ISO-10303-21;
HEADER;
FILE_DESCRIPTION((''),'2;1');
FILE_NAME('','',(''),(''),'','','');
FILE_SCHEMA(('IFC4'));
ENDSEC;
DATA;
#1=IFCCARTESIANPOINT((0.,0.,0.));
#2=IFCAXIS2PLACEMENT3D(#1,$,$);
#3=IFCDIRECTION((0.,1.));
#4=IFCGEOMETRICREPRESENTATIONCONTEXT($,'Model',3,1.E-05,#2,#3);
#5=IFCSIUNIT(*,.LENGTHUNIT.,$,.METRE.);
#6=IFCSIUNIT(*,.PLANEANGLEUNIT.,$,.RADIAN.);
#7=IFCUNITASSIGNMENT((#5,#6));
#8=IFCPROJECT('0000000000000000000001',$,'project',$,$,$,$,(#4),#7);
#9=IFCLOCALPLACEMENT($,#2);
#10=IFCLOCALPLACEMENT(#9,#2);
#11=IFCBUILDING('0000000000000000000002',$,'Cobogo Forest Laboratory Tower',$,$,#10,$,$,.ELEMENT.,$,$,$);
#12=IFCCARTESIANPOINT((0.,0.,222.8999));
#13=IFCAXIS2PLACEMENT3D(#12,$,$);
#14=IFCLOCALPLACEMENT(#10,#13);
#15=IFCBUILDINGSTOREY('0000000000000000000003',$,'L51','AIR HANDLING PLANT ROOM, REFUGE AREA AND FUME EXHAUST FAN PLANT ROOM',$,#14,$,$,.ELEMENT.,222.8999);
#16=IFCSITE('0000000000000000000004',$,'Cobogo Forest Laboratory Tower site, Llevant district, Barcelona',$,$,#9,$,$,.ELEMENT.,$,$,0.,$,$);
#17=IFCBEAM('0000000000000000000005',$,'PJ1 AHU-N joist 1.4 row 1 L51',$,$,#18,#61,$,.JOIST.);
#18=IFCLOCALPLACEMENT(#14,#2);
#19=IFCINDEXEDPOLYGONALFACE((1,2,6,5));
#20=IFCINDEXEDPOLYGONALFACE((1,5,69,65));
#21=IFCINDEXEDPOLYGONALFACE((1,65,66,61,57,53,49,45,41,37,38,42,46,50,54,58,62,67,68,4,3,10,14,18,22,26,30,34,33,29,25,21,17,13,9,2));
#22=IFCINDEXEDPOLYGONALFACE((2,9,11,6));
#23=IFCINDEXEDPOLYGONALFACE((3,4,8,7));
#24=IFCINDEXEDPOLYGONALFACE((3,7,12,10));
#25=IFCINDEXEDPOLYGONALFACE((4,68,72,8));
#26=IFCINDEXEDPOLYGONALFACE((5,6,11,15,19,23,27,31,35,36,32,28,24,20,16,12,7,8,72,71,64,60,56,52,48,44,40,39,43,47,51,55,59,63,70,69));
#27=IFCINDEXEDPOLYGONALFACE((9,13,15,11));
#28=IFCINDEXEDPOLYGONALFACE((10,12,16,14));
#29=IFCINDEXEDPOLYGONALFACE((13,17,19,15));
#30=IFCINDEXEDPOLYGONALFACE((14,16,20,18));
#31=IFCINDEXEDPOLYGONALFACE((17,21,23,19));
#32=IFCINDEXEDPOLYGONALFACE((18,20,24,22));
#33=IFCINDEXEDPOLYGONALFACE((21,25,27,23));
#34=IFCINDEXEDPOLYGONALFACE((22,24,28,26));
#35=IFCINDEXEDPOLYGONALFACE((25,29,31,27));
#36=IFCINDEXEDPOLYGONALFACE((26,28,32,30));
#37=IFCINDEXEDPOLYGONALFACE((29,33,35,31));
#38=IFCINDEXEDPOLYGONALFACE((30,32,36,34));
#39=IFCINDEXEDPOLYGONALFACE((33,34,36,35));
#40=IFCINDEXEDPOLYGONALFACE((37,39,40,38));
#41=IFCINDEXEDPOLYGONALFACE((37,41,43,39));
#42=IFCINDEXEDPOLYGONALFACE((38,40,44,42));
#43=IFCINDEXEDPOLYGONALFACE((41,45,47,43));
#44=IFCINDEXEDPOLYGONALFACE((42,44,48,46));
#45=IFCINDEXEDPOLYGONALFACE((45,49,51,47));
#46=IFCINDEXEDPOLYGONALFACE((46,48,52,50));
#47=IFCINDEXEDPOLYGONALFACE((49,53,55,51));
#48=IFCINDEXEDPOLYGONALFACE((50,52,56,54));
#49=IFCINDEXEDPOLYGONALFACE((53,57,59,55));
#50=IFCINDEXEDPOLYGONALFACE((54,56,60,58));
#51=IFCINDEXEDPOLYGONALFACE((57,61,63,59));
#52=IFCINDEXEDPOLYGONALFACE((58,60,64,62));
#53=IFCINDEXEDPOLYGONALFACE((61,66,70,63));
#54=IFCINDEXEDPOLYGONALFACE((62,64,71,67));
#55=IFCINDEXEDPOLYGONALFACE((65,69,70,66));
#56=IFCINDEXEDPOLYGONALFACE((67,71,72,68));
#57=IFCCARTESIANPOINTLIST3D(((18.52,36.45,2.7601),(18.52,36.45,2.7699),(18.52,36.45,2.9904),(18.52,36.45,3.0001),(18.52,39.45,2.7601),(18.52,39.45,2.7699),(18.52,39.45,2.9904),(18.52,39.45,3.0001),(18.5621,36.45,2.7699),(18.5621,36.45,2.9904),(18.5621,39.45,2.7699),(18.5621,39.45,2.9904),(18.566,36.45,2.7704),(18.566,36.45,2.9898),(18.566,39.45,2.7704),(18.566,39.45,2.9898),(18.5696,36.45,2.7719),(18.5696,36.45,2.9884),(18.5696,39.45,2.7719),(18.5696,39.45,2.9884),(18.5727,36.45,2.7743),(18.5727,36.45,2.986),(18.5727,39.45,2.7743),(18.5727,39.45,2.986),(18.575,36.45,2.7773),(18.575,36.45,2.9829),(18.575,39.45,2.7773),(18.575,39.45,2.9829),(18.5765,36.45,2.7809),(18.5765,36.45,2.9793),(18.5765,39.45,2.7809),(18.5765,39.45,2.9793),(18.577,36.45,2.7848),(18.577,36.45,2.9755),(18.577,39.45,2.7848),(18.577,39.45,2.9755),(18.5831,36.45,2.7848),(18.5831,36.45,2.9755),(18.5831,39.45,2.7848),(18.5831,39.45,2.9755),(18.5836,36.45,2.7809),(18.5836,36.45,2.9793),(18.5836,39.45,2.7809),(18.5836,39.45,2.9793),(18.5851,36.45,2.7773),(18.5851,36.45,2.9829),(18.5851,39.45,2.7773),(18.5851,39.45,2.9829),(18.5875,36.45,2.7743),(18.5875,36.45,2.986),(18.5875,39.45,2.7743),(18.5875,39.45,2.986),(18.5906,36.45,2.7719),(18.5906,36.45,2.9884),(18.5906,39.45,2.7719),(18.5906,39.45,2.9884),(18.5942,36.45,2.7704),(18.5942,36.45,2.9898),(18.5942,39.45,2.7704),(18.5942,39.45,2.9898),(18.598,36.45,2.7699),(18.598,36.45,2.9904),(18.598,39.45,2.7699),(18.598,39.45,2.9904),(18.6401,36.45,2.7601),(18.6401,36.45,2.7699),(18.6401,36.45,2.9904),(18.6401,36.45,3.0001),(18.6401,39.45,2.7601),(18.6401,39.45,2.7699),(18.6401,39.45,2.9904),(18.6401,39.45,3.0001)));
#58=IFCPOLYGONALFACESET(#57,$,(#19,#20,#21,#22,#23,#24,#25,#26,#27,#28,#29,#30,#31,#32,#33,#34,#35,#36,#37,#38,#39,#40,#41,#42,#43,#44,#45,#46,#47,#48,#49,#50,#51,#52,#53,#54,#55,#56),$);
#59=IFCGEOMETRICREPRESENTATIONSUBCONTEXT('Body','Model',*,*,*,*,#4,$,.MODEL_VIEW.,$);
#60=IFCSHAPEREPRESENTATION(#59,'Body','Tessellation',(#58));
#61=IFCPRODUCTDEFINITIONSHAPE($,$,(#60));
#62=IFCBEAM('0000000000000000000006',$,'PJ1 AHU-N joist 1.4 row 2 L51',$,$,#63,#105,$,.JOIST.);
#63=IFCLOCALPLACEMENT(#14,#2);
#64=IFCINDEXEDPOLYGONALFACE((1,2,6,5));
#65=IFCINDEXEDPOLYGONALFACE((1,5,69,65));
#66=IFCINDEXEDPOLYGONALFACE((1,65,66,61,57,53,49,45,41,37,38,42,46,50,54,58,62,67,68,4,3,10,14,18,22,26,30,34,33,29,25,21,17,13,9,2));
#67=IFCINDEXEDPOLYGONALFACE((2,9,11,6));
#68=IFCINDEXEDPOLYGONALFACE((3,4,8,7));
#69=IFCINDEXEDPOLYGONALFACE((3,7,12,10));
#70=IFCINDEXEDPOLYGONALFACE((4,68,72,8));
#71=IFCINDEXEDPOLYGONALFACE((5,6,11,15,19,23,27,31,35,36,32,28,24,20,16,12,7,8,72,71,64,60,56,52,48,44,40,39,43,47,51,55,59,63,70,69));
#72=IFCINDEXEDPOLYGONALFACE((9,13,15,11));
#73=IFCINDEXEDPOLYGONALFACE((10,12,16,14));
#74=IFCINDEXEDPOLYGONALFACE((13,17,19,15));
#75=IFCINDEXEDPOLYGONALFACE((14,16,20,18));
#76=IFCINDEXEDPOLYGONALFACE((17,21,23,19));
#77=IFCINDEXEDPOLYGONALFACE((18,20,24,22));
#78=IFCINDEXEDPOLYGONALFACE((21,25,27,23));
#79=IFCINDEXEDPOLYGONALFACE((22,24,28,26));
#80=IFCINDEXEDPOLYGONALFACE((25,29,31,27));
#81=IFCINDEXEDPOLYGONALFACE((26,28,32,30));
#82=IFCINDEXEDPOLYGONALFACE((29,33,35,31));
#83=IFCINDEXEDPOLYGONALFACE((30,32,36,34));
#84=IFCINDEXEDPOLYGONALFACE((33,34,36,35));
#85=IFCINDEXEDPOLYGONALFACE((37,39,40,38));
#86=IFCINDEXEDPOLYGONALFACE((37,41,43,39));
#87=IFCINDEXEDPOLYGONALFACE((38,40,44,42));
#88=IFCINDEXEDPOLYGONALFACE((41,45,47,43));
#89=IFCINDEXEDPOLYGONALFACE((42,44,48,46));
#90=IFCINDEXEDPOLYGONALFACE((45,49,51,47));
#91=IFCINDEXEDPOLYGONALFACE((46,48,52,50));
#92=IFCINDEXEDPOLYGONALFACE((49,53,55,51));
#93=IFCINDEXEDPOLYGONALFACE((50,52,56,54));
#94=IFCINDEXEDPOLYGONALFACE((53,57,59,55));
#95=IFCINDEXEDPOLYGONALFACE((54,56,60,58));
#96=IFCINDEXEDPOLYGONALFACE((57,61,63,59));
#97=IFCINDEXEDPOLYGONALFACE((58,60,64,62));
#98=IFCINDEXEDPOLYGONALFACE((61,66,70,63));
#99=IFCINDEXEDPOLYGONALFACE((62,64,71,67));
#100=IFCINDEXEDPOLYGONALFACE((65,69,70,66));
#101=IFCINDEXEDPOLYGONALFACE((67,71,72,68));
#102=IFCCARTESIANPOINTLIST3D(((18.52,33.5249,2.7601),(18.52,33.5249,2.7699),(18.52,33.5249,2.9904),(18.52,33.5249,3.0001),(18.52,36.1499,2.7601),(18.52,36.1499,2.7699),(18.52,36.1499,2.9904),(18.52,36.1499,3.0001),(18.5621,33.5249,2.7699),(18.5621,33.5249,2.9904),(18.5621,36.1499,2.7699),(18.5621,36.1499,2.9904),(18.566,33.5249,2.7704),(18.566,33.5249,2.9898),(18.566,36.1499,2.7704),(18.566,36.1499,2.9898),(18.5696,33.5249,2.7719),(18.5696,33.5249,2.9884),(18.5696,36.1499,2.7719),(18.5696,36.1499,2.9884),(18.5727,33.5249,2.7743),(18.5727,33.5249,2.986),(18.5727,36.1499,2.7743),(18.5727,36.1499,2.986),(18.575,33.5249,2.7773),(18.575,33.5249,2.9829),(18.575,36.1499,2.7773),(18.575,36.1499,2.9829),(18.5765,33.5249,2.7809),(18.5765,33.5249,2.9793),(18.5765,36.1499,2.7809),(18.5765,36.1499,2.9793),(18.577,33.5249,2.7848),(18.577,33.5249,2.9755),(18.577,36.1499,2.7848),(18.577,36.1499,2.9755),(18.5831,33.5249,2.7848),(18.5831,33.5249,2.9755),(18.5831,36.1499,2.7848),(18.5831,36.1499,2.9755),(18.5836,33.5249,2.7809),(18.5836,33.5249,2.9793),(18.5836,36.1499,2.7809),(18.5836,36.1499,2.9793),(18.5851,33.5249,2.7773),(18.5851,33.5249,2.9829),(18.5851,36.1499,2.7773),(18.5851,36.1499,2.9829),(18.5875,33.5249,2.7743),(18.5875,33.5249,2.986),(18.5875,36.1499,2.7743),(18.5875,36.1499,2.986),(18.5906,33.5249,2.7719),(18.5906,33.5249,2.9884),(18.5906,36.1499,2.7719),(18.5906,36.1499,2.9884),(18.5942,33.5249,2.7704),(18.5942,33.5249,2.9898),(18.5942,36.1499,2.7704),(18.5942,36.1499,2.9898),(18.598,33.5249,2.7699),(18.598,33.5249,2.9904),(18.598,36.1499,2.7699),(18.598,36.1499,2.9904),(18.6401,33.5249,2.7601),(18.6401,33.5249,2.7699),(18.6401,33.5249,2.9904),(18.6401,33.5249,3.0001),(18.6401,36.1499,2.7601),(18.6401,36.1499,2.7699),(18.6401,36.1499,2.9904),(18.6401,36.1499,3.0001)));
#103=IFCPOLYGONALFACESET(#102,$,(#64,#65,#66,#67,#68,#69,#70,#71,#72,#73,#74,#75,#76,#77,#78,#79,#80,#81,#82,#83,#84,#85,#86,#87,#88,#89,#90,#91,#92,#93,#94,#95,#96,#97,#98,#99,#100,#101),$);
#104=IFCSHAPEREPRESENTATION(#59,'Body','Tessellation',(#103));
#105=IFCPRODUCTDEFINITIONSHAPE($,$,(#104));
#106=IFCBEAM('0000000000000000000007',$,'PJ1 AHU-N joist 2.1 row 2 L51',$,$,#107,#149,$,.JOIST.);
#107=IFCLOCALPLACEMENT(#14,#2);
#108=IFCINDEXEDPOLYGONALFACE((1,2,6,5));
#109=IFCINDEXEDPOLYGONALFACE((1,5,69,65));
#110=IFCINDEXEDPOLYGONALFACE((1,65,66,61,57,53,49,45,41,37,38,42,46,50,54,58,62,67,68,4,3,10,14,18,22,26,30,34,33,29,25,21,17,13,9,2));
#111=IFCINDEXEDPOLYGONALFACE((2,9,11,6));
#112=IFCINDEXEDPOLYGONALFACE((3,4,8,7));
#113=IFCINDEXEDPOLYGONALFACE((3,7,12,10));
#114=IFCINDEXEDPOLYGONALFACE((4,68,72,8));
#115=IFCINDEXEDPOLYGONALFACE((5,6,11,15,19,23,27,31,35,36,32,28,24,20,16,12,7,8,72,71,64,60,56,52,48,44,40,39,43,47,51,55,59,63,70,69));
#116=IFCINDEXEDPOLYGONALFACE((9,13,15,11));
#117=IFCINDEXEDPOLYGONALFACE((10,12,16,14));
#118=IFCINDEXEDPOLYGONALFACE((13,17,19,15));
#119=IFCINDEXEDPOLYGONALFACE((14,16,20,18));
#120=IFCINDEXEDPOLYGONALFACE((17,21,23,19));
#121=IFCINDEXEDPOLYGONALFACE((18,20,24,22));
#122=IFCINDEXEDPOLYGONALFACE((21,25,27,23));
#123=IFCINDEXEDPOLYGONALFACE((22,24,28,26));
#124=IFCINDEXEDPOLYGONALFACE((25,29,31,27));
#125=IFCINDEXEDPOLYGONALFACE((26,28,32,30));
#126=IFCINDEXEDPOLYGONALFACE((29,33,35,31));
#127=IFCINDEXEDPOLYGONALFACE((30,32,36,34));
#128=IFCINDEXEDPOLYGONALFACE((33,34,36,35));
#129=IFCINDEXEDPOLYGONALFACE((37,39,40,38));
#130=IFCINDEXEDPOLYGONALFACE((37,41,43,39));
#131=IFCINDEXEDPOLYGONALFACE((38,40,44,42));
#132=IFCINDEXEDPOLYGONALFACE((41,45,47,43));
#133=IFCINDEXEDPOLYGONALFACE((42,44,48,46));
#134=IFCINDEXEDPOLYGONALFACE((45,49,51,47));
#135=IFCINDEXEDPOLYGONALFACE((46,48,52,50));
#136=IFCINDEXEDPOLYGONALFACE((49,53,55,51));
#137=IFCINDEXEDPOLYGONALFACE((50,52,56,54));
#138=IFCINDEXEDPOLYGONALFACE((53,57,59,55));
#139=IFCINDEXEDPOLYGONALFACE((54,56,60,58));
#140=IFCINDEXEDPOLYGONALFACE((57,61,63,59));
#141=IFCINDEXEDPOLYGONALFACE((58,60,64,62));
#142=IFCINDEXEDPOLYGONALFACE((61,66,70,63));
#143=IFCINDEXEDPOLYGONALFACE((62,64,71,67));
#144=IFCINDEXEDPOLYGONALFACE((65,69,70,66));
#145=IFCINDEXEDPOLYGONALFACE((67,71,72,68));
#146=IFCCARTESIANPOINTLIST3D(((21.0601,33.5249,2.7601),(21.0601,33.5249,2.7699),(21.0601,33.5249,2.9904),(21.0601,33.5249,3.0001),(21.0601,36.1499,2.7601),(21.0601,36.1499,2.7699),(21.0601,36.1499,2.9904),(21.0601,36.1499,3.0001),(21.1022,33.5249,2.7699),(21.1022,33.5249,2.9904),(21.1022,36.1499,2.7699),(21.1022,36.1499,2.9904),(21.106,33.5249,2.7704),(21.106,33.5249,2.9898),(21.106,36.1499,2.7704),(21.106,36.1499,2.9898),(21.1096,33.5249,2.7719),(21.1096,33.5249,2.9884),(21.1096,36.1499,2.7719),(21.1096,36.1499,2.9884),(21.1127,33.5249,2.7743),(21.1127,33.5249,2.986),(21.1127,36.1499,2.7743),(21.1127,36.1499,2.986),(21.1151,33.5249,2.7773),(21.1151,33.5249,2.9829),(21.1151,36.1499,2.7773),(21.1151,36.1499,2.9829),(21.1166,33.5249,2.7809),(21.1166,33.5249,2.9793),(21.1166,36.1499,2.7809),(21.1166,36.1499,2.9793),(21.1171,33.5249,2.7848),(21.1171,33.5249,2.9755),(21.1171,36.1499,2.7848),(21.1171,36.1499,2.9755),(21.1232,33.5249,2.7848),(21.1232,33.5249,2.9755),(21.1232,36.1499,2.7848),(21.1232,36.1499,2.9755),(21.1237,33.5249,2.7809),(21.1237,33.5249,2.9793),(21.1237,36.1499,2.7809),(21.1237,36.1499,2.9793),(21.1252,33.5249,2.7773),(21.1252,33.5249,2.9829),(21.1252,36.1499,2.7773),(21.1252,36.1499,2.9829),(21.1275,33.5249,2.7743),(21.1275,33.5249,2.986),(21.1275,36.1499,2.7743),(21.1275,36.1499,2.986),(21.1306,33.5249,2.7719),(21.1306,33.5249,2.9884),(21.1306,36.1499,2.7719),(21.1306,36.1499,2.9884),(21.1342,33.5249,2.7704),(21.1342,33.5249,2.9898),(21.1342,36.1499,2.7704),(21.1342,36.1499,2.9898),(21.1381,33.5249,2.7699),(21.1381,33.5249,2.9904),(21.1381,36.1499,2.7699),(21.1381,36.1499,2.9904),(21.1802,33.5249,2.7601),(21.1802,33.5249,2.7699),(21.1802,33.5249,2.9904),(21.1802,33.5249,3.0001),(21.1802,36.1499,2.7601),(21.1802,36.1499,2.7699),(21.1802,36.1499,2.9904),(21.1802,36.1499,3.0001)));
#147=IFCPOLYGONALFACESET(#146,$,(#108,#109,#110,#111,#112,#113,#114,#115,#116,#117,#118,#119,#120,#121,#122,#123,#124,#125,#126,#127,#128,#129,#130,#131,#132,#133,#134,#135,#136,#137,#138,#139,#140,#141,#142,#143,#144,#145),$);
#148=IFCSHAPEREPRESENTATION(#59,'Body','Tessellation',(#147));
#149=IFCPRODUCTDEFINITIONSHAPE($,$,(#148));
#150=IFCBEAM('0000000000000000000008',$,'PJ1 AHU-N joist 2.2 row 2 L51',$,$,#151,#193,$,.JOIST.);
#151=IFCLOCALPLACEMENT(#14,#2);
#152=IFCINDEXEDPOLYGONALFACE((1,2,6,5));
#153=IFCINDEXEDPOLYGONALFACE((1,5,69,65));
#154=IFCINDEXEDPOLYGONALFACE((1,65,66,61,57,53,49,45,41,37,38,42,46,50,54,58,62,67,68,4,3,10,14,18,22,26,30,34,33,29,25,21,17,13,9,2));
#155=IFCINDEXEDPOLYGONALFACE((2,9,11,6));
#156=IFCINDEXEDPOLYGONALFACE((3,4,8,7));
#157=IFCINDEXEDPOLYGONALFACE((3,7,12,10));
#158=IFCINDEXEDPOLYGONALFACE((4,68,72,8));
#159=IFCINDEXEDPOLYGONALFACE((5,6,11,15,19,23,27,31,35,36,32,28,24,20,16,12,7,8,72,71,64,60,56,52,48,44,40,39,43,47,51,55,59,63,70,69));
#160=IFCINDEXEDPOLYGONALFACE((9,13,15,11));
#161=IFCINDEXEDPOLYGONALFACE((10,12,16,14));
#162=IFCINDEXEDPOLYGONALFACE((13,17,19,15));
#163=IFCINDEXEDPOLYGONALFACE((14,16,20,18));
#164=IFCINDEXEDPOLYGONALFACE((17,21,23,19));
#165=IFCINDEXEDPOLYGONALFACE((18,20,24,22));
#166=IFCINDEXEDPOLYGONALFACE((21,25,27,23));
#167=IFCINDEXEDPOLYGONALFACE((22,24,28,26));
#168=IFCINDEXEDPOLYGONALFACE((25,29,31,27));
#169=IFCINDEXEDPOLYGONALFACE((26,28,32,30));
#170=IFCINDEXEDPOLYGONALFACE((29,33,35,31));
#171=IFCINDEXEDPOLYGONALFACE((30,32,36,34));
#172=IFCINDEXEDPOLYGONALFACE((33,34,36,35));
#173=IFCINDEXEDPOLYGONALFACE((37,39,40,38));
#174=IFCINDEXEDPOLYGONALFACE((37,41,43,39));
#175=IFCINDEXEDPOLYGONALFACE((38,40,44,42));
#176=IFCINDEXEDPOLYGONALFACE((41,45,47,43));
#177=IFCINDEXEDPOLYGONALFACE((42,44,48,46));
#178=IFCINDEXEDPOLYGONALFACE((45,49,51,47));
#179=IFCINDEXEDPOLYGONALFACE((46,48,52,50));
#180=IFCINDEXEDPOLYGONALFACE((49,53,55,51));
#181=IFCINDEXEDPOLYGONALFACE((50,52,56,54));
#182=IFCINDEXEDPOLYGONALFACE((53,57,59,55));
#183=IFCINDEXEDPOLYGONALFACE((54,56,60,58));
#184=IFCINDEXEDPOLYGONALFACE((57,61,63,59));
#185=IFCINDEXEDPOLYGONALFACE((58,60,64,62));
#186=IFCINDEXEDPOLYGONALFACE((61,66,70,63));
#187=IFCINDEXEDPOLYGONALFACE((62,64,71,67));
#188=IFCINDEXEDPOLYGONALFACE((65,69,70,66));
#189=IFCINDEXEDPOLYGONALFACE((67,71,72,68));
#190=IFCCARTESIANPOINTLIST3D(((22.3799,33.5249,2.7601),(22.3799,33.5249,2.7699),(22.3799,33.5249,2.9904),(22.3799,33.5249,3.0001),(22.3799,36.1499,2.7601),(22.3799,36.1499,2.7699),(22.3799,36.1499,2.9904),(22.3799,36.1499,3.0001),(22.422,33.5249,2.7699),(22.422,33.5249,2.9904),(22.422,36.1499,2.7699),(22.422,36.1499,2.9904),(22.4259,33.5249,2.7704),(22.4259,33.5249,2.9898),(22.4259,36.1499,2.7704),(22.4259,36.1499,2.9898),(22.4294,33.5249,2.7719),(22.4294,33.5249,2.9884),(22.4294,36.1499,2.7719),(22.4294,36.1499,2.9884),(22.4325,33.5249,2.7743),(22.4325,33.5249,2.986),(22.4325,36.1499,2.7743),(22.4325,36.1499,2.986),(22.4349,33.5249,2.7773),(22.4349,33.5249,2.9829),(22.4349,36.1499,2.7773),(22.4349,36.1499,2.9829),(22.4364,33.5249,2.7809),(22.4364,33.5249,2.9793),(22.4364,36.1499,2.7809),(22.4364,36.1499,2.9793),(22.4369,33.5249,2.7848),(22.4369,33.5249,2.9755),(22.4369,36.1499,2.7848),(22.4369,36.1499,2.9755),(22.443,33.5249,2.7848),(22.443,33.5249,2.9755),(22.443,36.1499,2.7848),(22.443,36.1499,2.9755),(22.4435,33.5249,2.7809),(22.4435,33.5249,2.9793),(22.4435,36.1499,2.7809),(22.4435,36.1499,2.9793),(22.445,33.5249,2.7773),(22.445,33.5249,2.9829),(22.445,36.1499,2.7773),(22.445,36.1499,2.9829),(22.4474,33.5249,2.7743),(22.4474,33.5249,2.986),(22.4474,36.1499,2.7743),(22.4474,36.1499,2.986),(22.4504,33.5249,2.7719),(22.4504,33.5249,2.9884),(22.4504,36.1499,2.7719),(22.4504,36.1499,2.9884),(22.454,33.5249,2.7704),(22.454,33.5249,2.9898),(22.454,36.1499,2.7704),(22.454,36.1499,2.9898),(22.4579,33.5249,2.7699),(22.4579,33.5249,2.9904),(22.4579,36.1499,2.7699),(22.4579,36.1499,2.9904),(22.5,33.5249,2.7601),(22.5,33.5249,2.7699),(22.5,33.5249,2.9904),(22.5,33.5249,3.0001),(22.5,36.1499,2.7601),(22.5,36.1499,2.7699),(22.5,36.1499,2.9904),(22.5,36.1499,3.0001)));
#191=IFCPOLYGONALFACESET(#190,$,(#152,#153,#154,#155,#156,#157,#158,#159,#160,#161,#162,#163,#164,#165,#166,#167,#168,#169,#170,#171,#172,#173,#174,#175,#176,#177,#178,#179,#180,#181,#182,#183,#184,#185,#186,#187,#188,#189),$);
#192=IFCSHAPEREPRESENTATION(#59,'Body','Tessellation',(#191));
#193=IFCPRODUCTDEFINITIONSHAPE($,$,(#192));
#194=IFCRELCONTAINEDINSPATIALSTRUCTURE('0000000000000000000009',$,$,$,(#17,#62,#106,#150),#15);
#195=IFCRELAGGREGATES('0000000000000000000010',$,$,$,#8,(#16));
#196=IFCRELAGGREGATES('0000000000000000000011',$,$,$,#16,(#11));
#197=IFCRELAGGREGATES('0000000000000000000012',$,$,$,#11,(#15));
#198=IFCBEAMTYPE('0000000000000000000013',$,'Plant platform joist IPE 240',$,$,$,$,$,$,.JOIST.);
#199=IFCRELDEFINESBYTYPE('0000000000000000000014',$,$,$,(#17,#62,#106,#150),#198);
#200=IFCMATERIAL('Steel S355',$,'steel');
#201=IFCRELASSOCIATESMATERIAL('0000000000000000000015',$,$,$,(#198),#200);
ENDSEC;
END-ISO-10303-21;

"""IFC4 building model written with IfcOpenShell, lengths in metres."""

from ifc_helpers import new_model, si_unit, direction, frame, origin, origin_2d, place, context, subcontext, project, spatial, i_section, extrude, material, material_profile, profile_set, type_object, element, save


model = new_model("IFC4")

# Units and contexts
model_context = context("Model", 3, precision=1e-05, world=origin(), true_north=direction((0.0, 1.0)))
body_context = subcontext(model_context, "Body", "Model", "MODEL_VIEW")
ifc_project = project(units=[si_unit("LENGTHUNIT", "METRE"), si_unit("PLANEANGLEUNIT", "RADIAN")], contexts=[model_context])

# Site, building, storey
site_placement = place(None, origin())
site = spatial("IfcSite", under=ifc_project, at=site_placement, Name="Cobogo Forest Laboratory Tower site, Llevant district, Barcelona", CompositionType="ELEMENT", RefElevation=0.0)
building_placement = place(site_placement, origin())
building = spatial("IfcBuilding", under=site, at=building_placement, Name="Cobogo Forest Laboratory Tower", CompositionType="ELEMENT")
storey_placement = place(building_placement, frame((0.0, 0.0, 222.8999)))
storey = spatial("IfcBuildingStorey", under=building, at=storey_placement, Name="L51", Description="AIR HANDLING PLANT ROOM, REFUGE AREA AND FUME EXHAUST FAN PLANT ROOM", CompositionType="ELEMENT", Elevation=222.8999)

# Beams
ifc_material_1 = material(Name="Steel S355", Category="steel")
ifc_material_profile_1 = material_profile(ifc_material_1, i_section(OverallWidth=0.1201, OverallDepth=0.24, WebThickness=0.0061, FlangeThickness=0.0098, FilletRadius=0.0149, at=origin_2d()), Name="IPE 240")
ifc_profile_set_1 = profile_set([ifc_material_profile_1], Name="Steel S355")
beam_type_1 = type_object("IfcBeamType", Name="Plant platform joist IPE 240", PredefinedType="JOIST", material=ifc_profile_set_1)
beam_1_placement = place(storey_placement, frame((18.5801, 39.45, 2.8801), z_axis=(0.0, -1.0, 0.0), x_axis=(1.0, 0.0, 0.0)))
element("IfcBeam", 1, at=beam_1_placement, inside=storey, type_object=beam_type_1, Name="PJ1 AHU-N joist 1.4 row 1 L51", PredefinedType="JOIST", context=body_context, shape_type="SweptSolid", body=[
    extrude(i_section(OverallWidth=0.1201, OverallDepth=0.24, WebThickness=0.0061, FlangeThickness=0.0098, FilletRadius=0.0149, at=origin_2d()), origin(), (0.0, 0.0, 1.0), 3.0),
])
for number, where, z_axis, x_axis, name in (
    (2, (18.5801, 36.1499, 2.8801), (0.0, -1.0, 0.0), (1.0, 0.0, 0.0), "PJ1 AHU-N joist 1.4 row 2 L51"),
    (3, (21.1201, 36.1499, 2.8801), (0.0, -1.0, 0.0), (1.0, 0.0, 0.0), "PJ1 AHU-N joist 2.1 row 2 L51"),
    (4, (22.4399, 36.1499, 2.8801), (0.0, -1.0, 0.0), (1.0, 0.0, 0.0), "PJ1 AHU-N joist 2.2 row 2 L51"),
):
    element("IfcBeam", number, at=place(storey_placement, frame(where, z_axis=z_axis, x_axis=x_axis)), inside=storey, type_object=beam_type_1, Name=name, PredefinedType="JOIST", context=body_context, shape_type="SweptSolid", body=[
        extrude(i_section(OverallWidth=0.1201, OverallDepth=0.24, WebThickness=0.0061, FlangeThickness=0.0098, FilletRadius=0.0149, at=origin_2d()), origin(), (0.0, 0.0, 1.0), 2.625),
    ])

save(model, "model.ifc")
